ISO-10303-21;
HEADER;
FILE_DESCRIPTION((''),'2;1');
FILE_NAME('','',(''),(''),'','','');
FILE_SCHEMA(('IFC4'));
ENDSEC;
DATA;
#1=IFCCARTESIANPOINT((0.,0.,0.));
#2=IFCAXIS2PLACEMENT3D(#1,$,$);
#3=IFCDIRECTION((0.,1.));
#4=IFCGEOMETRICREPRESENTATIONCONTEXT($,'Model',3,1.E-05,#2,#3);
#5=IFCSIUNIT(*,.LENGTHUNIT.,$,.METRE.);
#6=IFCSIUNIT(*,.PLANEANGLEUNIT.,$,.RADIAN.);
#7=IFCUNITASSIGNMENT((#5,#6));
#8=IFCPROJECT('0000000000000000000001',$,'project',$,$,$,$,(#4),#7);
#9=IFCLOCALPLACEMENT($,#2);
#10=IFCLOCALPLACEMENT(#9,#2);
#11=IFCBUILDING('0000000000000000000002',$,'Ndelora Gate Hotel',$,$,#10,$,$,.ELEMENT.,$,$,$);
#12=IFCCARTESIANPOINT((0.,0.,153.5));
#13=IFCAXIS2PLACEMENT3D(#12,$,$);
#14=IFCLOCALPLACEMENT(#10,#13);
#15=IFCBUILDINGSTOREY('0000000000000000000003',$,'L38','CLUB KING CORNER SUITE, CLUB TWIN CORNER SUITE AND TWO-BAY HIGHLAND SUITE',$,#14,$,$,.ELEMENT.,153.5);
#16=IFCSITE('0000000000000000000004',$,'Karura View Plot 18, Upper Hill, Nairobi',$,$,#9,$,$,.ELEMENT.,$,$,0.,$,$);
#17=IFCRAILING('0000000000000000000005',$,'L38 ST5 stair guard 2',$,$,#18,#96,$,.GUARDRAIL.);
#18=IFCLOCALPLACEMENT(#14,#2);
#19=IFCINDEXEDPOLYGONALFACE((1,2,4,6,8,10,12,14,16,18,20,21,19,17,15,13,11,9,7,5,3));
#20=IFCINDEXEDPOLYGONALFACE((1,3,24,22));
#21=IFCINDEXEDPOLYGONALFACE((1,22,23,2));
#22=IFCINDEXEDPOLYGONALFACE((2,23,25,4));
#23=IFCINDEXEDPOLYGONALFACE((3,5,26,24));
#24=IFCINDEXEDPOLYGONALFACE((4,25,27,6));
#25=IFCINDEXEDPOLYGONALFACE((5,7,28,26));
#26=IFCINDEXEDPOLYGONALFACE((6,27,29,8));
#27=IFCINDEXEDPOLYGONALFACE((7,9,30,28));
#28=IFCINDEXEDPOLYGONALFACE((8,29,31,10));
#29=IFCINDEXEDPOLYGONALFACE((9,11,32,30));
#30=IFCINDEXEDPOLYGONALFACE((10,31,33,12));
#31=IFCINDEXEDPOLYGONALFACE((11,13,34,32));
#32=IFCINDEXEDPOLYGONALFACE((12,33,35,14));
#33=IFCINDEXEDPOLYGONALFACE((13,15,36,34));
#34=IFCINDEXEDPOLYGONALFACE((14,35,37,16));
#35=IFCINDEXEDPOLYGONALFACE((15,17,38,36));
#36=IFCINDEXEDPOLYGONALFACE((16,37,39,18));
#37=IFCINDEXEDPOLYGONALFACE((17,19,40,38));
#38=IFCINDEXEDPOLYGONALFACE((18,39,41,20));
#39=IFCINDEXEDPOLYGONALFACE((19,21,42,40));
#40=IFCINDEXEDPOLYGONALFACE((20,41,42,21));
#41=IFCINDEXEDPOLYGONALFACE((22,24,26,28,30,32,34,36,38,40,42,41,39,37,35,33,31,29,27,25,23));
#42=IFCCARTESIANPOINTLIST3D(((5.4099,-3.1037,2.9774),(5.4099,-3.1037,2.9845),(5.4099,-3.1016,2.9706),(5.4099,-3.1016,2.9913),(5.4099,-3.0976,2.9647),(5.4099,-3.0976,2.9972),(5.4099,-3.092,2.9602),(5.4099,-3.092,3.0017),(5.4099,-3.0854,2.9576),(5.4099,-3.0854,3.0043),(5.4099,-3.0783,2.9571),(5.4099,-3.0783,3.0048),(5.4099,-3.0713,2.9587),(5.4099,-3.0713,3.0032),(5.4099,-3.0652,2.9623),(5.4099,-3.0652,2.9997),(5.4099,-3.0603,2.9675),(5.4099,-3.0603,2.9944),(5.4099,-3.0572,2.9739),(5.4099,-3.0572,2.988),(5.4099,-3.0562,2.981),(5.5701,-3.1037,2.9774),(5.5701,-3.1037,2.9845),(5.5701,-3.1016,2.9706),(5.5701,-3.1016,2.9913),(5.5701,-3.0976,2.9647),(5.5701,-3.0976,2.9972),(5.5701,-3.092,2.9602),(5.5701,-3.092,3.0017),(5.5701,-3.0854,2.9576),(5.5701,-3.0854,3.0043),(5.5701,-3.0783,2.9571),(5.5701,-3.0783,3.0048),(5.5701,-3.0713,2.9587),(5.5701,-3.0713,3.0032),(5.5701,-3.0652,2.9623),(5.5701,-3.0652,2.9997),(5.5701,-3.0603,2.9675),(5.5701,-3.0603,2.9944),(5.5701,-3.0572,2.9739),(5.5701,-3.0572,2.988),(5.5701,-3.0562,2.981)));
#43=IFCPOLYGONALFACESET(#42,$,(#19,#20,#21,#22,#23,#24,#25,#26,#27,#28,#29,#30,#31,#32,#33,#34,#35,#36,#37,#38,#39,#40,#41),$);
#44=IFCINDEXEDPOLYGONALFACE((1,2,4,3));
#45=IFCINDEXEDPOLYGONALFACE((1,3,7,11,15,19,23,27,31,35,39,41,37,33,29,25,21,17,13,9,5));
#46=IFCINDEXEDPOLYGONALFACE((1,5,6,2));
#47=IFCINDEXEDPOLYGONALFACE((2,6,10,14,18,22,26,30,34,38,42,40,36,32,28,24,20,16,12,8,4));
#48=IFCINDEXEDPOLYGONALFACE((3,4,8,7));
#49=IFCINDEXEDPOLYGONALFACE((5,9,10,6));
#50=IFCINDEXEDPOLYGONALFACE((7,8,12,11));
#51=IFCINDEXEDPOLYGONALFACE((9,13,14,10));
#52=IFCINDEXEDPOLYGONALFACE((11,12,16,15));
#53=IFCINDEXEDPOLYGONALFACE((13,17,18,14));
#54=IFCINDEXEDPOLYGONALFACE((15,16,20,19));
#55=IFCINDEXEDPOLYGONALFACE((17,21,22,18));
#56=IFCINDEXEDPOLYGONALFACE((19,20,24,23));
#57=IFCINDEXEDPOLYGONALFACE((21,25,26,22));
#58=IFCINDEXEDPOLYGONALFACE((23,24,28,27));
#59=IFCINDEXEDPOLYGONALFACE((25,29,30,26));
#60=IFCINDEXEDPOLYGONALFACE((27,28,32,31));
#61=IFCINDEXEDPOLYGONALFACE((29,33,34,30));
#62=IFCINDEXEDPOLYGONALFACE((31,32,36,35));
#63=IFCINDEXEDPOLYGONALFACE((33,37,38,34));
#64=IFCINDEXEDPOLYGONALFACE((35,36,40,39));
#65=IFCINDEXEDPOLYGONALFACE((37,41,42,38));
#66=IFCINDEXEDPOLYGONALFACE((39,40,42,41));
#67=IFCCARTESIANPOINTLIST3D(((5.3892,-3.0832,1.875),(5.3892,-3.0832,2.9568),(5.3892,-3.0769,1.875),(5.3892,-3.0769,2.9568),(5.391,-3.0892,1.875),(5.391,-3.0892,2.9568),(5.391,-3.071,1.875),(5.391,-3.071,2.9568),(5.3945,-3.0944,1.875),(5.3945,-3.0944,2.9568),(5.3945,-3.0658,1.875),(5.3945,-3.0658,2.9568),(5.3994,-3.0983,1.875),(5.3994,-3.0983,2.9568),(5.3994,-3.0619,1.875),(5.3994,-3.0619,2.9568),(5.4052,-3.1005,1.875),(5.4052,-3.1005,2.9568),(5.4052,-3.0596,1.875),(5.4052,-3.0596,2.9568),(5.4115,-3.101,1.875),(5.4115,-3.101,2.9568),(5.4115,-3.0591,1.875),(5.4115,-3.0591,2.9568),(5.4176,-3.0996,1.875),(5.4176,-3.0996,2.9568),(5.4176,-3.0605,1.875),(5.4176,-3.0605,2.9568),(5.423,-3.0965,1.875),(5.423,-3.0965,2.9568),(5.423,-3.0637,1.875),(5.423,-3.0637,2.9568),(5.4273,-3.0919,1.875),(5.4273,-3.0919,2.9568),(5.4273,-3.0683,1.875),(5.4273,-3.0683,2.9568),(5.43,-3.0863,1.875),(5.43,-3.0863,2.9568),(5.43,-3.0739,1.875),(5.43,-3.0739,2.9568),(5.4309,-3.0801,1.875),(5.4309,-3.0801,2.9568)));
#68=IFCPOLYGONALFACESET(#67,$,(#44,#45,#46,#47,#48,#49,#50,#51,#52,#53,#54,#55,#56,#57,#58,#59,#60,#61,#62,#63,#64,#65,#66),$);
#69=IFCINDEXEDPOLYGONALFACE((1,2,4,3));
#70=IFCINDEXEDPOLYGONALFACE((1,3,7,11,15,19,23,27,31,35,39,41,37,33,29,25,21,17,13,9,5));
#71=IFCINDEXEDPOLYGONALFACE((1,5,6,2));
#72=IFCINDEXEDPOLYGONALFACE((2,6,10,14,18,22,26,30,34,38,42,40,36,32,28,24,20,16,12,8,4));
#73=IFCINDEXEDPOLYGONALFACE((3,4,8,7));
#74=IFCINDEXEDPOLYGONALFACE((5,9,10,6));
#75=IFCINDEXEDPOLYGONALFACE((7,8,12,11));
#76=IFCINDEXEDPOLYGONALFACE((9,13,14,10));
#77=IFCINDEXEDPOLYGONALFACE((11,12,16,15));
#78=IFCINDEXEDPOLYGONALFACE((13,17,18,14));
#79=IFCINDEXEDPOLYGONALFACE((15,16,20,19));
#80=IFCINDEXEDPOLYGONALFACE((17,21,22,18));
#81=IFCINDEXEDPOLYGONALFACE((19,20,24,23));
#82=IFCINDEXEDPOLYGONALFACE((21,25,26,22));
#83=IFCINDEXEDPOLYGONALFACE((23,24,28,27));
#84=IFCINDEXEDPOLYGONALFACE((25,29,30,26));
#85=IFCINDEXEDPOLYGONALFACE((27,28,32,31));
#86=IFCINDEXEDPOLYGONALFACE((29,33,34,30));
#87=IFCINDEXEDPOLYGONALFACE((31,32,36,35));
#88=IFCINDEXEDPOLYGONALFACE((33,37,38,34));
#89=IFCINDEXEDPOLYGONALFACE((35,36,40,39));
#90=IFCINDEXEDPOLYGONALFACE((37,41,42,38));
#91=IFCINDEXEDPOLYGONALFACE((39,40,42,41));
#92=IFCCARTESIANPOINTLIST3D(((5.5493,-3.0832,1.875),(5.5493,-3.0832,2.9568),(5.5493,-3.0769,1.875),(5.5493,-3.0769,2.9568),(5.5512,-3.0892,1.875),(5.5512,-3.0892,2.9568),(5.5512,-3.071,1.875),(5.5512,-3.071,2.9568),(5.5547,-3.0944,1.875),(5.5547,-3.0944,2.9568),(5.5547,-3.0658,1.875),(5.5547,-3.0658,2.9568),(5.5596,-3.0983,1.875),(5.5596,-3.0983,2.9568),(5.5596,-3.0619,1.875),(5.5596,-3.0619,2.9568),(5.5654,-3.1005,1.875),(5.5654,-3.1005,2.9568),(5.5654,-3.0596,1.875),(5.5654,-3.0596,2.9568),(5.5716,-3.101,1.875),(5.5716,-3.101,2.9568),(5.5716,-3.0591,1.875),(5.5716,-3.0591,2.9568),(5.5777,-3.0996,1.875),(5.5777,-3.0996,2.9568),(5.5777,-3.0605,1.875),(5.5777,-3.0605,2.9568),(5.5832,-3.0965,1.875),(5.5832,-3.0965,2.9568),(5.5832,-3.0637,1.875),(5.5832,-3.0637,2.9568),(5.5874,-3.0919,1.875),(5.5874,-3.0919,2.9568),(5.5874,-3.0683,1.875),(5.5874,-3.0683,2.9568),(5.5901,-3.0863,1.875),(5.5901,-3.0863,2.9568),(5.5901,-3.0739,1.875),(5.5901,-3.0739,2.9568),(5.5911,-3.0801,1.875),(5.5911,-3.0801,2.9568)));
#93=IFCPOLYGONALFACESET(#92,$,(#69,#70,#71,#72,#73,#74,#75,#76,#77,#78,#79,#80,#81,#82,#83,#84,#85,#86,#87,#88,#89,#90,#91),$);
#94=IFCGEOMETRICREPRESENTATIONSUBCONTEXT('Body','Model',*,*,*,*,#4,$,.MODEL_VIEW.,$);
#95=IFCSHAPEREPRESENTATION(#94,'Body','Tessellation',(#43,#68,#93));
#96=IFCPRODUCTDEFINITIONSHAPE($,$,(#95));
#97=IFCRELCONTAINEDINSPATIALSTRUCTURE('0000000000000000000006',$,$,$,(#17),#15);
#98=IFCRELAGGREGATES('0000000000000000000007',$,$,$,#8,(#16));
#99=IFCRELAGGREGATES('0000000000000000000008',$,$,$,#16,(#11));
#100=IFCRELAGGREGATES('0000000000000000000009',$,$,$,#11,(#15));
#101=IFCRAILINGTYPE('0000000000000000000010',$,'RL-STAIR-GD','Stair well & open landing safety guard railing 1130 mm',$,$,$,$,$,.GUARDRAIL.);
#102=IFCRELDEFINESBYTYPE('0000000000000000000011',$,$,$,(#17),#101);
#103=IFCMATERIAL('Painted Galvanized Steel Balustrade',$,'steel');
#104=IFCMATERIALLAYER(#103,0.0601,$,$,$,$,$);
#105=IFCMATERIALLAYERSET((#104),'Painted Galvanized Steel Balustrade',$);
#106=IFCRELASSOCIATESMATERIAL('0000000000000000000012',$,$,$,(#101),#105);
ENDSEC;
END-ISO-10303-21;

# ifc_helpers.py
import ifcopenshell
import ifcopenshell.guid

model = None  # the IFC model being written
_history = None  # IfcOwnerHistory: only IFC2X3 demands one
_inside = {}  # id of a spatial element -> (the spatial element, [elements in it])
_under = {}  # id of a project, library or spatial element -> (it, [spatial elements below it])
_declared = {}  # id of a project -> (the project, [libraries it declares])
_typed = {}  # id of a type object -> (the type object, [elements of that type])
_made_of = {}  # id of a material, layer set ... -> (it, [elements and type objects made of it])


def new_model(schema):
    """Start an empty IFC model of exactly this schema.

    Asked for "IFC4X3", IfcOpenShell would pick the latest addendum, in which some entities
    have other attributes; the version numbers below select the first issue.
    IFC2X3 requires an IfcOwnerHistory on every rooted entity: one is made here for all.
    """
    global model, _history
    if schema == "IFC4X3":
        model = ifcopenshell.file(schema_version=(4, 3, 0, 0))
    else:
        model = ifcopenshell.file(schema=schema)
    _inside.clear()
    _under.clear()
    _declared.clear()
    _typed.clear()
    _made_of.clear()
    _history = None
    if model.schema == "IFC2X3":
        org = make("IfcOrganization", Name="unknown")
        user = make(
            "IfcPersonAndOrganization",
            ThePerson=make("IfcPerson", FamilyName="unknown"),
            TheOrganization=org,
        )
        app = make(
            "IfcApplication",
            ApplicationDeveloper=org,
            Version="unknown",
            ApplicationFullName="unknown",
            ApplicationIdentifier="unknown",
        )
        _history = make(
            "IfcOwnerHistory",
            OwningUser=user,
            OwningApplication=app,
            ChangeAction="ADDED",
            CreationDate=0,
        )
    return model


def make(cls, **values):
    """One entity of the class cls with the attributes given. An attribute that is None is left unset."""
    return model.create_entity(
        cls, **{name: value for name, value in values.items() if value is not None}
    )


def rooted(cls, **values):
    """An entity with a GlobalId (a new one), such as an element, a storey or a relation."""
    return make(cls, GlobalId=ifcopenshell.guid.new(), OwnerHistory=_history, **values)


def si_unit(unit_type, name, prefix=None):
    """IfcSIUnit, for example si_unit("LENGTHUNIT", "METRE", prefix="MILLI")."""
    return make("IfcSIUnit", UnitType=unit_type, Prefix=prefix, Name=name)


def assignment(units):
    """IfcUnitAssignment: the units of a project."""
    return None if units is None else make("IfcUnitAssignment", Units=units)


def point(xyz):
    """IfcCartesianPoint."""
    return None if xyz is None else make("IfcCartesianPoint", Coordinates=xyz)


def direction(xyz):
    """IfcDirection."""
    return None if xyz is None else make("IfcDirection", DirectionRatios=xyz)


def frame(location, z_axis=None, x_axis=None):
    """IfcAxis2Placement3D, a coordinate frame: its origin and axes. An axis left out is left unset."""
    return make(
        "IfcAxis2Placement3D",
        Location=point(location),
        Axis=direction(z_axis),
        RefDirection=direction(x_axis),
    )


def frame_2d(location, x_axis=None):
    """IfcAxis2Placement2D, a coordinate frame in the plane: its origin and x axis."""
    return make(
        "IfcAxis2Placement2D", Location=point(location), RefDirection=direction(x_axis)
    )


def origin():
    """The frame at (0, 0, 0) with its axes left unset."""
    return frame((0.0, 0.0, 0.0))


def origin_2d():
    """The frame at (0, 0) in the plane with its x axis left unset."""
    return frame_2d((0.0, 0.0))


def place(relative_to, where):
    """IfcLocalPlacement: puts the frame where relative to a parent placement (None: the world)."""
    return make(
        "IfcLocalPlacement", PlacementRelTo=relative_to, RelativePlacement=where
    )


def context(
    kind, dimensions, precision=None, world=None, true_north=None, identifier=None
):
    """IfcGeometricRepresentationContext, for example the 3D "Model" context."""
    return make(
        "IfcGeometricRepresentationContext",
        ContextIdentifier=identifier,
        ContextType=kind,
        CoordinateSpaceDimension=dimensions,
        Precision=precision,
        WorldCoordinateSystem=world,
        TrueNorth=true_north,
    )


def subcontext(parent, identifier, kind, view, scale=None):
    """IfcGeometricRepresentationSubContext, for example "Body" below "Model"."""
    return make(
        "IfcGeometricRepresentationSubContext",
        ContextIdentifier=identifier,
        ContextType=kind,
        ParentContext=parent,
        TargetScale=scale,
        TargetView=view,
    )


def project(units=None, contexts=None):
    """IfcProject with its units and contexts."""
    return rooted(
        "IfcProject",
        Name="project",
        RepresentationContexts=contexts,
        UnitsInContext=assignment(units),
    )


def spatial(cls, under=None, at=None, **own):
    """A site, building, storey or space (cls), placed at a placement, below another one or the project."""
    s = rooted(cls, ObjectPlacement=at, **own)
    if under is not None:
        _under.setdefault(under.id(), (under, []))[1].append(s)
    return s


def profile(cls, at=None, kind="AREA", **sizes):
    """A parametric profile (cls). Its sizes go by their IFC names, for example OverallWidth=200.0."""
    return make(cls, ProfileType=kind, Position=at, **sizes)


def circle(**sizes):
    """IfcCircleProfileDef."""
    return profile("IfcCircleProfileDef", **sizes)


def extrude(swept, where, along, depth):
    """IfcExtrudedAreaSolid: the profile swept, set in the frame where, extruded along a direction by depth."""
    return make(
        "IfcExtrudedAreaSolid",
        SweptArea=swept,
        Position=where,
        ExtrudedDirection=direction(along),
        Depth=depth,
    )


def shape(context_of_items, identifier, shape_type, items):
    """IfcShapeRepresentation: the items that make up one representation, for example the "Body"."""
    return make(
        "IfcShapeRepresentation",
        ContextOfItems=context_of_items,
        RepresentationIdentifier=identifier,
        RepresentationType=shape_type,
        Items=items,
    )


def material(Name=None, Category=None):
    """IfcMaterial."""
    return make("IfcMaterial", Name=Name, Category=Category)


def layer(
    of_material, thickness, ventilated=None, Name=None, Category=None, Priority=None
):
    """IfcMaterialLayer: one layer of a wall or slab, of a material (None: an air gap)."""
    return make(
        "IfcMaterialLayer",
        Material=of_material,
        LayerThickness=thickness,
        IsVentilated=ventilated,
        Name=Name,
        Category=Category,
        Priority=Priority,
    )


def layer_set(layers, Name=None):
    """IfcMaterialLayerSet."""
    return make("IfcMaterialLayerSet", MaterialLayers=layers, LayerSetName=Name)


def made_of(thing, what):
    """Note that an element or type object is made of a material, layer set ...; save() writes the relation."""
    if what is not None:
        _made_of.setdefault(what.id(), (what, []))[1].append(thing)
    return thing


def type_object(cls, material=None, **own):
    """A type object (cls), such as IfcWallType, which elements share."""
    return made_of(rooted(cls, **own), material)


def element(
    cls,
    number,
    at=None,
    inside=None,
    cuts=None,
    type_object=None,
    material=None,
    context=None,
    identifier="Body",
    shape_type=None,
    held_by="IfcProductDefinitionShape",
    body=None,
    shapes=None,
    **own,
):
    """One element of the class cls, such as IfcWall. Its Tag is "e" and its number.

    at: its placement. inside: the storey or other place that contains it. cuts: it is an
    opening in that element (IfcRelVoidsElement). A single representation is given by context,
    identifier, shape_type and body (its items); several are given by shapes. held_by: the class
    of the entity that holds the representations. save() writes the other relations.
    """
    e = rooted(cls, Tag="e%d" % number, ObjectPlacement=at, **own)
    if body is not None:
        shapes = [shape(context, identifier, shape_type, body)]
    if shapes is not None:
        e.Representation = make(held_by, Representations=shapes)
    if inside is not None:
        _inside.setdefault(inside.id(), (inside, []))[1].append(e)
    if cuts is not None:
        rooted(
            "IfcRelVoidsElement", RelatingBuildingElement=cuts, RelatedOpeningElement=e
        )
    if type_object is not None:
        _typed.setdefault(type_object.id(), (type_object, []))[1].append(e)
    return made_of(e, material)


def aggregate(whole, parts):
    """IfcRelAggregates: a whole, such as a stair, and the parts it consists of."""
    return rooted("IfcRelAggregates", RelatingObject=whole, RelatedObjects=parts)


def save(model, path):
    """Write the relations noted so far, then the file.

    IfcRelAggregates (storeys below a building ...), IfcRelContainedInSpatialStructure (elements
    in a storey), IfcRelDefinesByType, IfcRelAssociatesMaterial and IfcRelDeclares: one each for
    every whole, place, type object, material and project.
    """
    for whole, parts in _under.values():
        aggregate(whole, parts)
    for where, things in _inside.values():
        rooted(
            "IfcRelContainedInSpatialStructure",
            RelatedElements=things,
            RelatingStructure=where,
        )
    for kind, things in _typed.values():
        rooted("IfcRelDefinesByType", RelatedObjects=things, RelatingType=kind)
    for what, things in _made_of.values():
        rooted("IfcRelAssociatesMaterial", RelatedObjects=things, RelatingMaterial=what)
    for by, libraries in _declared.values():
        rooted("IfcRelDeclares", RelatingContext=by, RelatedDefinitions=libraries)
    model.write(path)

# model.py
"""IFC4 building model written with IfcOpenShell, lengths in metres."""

from ifc_helpers import new_model, si_unit, direction, frame, origin, origin_2d, place, context, subcontext, project, spatial, circle, extrude, material, layer, layer_set, type_object, element, save


model = new_model("IFC4")

# Units and contexts
model_context = context("Model", 3, precision=1e-05, world=origin(), true_north=direction((0.0, 1.0)))
body_context = subcontext(model_context, "Body", "Model", "MODEL_VIEW")
ifc_project = project(units=[si_unit("LENGTHUNIT", "METRE"), si_unit("PLANEANGLEUNIT", "RADIAN")], contexts=[model_context])

# Site, building, storey
site_placement = place(None, origin())
site = spatial("IfcSite", under=ifc_project, at=site_placement, Name="Karura View Plot 18, Upper Hill, Nairobi", CompositionType="ELEMENT", RefElevation=0.0)
building_placement = place(site_placement, origin())
building = spatial("IfcBuilding", under=site, at=building_placement, Name="Ndelora Gate Hotel", CompositionType="ELEMENT")
storey_placement = place(building_placement, frame((0.0, 0.0, 153.5)))
storey = spatial("IfcBuildingStorey", under=building, at=storey_placement, Name="L38", Description="CLUB KING CORNER SUITE, CLUB TWIN CORNER SUITE AND TWO-BAY HIGHLAND SUITE", CompositionType="ELEMENT", Elevation=153.5)

# Railing
ifc_material_1 = material(Name="Painted Galvanized Steel Balustrade", Category="steel")
ifc_layer_1 = layer(ifc_material_1, 0.0601)
ifc_layer_set_1 = layer_set([ifc_layer_1], Name="Painted Galvanized Steel Balustrade")
railing_type_1 = type_object("IfcRailingType", Name="RL-STAIR-GD", Description="Stair well & open landing safety guard railing 1130 mm", PredefinedType="GUARDRAIL", material=ifc_layer_set_1)
railing_1_placement = place(storey_placement, frame((5.4099, -3.0801, 1.875)))
element("IfcRailing", 1, at=railing_1_placement, inside=storey, type_object=railing_type_1, Name="L38 ST5 stair guard 2", PredefinedType="GUARDRAIL", context=body_context, shape_type="SweptSolid", body=[
    extrude(circle(Radius=0.0239, at=origin_2d()), frame((0.0, 0.0, 1.106), z_axis=(1.0, 0.0, 0.0), x_axis=(0.0, 1.0, 0.0)), (0.0, 0.0, 1.0), 0.1602),
    extrude(circle(Radius=0.021, at=origin_2d()), origin(), (0.0, 0.0, 1.0), 1.0818),
    extrude(circle(Radius=0.021, at=origin_2d()), frame((0.1602, 0.0, 0.0)), (0.0, 0.0, 1.0), 1.0818),
])

save(model, "model.ifc")
